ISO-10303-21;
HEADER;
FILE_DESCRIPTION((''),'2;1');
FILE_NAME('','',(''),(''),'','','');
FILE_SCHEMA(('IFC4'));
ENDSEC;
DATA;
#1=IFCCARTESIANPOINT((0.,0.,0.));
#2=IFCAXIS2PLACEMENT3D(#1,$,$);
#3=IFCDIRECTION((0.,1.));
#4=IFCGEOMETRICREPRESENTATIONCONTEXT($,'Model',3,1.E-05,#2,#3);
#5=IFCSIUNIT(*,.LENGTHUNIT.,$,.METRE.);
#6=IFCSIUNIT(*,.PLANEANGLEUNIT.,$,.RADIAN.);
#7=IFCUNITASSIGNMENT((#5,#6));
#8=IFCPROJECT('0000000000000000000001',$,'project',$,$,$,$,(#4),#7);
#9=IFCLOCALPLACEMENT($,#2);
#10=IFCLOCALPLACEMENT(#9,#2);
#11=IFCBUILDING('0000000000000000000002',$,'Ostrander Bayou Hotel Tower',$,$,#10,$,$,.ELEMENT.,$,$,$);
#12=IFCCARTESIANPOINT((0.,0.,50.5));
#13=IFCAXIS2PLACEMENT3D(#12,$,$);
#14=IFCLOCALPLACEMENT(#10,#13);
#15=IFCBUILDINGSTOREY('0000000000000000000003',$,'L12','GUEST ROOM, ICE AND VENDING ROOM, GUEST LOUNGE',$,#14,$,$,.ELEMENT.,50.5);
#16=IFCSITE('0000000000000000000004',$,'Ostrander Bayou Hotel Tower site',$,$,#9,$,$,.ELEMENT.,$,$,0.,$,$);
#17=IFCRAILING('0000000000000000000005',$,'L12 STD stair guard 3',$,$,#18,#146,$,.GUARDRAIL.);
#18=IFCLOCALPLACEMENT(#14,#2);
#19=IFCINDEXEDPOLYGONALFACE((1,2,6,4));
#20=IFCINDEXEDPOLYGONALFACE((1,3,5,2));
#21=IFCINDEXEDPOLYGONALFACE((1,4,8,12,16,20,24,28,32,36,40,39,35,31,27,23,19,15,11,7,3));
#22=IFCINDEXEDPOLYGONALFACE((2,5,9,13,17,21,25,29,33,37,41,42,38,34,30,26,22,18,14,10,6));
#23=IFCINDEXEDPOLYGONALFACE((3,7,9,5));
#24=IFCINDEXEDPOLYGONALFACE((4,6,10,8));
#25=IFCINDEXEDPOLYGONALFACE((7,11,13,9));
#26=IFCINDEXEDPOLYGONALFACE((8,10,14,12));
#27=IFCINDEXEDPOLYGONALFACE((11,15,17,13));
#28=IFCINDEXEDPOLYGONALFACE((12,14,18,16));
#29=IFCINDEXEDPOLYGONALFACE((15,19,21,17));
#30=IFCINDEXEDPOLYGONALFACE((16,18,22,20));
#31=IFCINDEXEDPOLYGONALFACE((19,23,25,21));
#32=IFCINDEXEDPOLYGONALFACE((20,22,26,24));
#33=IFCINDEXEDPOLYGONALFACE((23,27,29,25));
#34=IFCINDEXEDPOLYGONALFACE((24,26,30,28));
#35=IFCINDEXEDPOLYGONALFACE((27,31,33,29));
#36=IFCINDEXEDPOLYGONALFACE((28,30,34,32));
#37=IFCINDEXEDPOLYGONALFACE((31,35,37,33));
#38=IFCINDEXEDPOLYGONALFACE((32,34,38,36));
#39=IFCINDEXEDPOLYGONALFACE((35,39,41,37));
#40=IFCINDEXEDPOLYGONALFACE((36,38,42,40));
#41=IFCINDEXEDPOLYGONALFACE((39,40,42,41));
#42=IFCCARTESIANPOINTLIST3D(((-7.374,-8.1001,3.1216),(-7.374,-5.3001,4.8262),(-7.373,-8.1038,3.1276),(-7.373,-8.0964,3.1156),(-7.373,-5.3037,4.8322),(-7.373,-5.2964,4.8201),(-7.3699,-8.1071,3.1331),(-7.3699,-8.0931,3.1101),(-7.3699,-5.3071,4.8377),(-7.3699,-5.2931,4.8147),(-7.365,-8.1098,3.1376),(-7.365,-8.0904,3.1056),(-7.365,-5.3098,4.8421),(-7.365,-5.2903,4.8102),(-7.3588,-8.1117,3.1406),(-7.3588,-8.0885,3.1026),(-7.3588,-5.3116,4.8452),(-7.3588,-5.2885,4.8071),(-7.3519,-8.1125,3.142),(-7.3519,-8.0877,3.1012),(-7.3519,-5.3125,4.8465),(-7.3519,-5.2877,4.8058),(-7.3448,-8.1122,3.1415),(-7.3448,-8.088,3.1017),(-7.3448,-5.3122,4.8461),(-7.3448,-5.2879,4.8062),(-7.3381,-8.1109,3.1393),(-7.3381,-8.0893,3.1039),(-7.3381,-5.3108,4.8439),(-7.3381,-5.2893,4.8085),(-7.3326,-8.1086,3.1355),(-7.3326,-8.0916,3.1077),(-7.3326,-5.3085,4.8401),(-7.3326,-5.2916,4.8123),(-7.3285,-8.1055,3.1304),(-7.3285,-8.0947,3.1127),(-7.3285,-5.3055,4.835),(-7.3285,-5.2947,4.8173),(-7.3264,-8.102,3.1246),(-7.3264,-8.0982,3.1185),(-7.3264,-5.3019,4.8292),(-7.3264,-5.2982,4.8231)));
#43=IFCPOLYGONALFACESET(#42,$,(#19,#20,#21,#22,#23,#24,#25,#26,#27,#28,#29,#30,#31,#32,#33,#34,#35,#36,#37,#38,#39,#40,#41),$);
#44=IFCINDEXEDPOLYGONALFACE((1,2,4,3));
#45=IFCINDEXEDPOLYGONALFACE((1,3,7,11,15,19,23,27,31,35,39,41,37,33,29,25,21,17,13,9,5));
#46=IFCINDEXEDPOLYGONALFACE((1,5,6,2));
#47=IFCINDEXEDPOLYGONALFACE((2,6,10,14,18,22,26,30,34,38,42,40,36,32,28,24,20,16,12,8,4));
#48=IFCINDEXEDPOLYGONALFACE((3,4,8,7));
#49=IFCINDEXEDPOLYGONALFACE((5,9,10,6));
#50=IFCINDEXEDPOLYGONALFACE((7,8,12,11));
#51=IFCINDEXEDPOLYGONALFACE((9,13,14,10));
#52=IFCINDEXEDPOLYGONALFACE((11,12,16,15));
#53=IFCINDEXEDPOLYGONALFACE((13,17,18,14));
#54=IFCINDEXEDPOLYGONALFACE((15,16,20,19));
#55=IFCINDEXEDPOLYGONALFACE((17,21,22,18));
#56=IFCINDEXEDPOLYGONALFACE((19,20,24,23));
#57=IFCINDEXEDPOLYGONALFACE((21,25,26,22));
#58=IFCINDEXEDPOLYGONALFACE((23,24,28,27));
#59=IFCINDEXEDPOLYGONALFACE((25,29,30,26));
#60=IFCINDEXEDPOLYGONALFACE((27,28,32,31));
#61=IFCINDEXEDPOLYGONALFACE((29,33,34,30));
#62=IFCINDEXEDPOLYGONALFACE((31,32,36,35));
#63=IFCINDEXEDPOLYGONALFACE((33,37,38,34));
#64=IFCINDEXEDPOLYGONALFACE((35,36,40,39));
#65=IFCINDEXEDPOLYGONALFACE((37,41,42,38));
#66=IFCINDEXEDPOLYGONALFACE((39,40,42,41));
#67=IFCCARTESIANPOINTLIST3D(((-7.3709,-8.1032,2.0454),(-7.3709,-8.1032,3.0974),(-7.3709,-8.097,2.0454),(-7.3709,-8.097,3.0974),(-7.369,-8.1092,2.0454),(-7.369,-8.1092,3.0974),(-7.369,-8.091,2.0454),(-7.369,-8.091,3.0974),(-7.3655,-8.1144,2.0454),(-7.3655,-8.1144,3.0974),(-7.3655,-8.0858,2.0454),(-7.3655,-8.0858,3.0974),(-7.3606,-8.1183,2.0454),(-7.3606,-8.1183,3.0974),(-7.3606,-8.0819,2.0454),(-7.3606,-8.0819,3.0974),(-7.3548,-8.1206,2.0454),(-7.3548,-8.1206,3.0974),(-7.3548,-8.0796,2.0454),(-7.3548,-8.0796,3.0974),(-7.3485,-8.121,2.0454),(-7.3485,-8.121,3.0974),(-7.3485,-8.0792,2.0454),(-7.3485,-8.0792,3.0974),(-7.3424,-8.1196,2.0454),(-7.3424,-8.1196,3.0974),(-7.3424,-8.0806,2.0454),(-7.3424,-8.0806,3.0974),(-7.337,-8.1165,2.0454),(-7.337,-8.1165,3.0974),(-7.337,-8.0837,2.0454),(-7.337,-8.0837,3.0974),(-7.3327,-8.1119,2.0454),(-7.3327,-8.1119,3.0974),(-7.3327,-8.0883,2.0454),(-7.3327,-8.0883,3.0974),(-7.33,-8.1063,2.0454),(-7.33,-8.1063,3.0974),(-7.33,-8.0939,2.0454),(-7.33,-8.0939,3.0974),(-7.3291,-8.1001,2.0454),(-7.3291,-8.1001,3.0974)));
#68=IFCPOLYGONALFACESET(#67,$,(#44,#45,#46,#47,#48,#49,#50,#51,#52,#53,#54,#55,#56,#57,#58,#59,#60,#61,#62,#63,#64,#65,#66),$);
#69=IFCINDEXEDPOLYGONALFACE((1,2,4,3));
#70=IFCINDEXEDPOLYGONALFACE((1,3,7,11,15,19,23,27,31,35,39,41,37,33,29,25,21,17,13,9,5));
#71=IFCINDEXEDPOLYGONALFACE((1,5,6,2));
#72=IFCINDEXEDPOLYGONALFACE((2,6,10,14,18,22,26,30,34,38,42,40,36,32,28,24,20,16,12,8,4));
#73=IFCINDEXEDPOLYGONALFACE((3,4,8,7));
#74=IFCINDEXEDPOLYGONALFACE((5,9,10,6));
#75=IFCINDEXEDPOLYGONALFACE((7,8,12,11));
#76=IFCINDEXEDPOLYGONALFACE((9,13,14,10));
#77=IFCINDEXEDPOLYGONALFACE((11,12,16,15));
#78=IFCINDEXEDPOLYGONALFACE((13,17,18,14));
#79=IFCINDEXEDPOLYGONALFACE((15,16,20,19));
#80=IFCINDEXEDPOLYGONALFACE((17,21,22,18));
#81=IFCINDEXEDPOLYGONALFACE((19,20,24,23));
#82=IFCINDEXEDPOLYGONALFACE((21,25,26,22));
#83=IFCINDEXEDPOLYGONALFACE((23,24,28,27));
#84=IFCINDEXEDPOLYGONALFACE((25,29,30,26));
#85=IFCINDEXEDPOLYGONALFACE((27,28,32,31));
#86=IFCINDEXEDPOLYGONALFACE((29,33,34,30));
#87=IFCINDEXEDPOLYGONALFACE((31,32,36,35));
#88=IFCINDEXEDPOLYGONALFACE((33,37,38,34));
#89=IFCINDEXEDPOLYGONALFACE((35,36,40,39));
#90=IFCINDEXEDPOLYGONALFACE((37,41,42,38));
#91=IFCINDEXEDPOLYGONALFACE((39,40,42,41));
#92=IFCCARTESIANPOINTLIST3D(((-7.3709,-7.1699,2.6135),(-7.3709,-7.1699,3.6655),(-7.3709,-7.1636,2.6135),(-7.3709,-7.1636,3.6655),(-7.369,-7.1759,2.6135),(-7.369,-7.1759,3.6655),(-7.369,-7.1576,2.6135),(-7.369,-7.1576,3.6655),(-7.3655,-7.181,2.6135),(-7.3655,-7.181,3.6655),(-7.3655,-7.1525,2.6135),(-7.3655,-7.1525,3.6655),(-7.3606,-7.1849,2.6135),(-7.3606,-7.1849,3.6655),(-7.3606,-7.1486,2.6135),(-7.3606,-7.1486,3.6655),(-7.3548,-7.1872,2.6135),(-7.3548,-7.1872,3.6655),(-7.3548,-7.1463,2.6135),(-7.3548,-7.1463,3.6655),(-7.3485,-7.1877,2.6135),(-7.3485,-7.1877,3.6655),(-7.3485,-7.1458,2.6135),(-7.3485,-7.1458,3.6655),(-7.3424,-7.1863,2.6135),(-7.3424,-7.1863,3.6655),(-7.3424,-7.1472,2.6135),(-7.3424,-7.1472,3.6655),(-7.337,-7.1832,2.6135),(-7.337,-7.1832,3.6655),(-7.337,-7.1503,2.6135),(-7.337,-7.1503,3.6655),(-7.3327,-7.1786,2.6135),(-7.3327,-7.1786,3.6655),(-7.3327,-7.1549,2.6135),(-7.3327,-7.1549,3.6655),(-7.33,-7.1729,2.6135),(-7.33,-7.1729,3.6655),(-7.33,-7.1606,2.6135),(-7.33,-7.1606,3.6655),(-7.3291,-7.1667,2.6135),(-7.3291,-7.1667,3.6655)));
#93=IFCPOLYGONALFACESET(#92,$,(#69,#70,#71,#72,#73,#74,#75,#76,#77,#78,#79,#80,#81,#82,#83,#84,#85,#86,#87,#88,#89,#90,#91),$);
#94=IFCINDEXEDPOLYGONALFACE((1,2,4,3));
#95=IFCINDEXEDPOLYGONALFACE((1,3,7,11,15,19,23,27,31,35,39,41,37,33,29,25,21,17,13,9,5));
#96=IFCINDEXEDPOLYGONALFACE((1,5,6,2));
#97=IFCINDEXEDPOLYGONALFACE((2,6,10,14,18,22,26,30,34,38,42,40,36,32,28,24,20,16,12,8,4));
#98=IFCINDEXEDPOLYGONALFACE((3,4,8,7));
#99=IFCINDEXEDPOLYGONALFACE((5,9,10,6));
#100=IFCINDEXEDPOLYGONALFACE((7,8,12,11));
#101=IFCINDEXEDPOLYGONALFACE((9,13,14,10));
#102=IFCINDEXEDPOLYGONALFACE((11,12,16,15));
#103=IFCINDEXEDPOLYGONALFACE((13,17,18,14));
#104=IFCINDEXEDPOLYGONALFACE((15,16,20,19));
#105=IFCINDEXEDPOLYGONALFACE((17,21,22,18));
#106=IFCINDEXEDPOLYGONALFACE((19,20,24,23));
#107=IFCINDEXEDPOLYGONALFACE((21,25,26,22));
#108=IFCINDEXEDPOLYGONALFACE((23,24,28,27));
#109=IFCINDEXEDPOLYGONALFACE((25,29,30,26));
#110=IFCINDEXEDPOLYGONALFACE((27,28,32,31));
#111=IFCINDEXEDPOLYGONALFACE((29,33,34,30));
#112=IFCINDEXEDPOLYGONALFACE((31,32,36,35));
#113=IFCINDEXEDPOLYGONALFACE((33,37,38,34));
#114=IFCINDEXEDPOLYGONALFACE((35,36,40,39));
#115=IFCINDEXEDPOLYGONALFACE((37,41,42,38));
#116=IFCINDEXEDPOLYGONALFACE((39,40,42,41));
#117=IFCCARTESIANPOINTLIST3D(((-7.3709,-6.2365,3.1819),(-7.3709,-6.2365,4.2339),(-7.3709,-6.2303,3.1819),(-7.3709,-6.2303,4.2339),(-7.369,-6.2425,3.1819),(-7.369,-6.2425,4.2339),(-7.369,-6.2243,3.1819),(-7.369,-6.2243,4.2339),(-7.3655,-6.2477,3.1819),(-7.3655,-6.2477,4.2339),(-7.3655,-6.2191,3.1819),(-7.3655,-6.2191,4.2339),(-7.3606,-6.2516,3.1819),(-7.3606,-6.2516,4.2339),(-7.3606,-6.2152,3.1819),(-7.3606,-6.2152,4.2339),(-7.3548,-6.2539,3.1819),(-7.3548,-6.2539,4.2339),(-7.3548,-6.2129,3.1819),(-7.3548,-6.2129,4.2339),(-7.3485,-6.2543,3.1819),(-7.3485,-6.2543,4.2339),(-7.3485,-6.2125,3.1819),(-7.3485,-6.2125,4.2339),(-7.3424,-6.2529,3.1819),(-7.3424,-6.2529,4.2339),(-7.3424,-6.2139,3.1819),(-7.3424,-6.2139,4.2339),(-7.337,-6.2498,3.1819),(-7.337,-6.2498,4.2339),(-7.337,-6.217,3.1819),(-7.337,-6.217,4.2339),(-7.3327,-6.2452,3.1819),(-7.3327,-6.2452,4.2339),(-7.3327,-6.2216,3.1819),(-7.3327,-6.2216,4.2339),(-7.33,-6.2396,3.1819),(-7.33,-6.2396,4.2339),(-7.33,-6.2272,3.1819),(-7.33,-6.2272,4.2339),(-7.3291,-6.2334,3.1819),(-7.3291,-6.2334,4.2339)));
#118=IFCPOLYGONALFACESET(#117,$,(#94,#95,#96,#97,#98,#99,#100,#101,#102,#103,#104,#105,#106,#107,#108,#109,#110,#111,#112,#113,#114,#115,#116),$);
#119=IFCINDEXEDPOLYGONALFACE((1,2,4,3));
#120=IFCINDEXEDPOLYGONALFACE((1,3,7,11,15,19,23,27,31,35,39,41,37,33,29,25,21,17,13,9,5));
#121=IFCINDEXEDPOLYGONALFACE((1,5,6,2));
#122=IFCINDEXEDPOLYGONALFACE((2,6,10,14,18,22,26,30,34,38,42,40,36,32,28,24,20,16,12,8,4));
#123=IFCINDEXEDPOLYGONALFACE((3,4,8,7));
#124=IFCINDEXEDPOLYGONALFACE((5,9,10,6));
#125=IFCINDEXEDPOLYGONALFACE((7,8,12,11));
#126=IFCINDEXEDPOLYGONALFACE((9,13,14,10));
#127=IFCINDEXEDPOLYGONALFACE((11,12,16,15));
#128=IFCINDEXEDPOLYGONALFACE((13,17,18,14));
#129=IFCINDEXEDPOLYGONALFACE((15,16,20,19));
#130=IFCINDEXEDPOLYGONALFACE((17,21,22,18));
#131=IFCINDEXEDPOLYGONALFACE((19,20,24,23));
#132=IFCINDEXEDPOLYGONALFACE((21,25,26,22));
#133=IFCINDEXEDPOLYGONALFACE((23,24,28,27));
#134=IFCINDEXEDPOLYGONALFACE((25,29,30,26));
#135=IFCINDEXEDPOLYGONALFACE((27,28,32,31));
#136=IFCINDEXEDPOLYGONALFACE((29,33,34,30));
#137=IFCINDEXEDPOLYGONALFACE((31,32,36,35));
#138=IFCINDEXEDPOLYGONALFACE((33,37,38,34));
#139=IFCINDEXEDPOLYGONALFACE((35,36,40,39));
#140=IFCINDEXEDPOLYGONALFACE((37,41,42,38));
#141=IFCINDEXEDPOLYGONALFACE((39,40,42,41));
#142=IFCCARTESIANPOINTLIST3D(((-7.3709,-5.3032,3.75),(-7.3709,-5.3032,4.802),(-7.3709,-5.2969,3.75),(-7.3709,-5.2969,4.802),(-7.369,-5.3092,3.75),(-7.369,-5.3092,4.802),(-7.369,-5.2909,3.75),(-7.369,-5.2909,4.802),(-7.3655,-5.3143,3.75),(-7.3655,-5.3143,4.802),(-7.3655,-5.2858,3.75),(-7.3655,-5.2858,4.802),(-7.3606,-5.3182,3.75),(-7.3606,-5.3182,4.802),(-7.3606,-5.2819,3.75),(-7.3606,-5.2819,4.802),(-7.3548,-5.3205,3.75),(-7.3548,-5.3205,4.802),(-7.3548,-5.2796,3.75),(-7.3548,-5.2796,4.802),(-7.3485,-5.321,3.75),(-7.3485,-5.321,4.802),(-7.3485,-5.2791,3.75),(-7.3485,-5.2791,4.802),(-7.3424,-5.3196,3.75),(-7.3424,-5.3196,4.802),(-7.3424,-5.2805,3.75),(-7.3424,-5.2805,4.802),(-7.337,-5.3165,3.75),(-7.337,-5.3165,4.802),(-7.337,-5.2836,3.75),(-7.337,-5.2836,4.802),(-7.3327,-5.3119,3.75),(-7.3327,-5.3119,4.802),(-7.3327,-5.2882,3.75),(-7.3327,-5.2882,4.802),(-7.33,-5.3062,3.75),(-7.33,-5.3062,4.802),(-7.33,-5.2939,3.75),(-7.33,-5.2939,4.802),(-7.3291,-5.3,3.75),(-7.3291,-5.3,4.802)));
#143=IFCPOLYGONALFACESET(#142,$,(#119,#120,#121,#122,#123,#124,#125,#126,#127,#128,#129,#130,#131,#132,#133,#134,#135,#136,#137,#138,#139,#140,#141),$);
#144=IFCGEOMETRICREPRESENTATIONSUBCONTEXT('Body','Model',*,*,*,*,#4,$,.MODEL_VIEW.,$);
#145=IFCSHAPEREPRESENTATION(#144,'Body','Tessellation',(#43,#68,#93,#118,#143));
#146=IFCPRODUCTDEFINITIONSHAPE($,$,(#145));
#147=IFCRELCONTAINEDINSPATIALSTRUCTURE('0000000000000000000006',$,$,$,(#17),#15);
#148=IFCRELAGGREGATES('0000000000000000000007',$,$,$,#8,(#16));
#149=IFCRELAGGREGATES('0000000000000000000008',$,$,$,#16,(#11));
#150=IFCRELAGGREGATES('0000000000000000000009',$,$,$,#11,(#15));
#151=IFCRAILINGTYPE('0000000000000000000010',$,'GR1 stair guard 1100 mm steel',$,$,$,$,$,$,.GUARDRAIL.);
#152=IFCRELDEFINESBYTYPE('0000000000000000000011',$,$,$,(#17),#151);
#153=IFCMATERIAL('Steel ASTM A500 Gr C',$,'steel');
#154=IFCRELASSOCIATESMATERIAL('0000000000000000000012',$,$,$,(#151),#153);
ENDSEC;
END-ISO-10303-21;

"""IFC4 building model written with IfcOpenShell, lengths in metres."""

from ifc_helpers import new_model, si_unit, direction, frame, origin, origin_2d, place, context, subcontext, project, spatial, circle, extrude, material, type_object, element, save


model = new_model("IFC4")

# Units and contexts
model_context = context("Model", 3, precision=1e-05, world=origin(), true_north=direction((0.0, 1.0)))
body_context = subcontext(model_context, "Body", "Model", "MODEL_VIEW")
ifc_project = project(units=[si_unit("LENGTHUNIT", "METRE"), si_unit("PLANEANGLEUNIT", "RADIAN")], contexts=[model_context])

# Site, building, storey
site_placement = place(None, origin())
site = spatial("IfcSite", under=ifc_project, at=site_placement, Name="Ostrander Bayou Hotel Tower site", CompositionType="ELEMENT", RefElevation=0.0)
building_placement = place(site_placement, origin())
building = spatial("IfcBuilding", under=site, at=building_placement, Name="Ostrander Bayou Hotel Tower", CompositionType="ELEMENT")
storey_placement = place(building_placement, frame((0.0, 0.0, 50.5)))
storey = spatial("IfcBuildingStorey", under=building, at=storey_placement, Name="L12", Description="GUEST ROOM, ICE AND VENDING ROOM, GUEST LOUNGE", CompositionType="ELEMENT", Elevation=50.5)

# Railing
ifc_material_1 = material(Name="Steel ASTM A500 Gr C", Category="steel")
railing_type_1 = type_object("IfcRailingType", Name="GR1 stair guard 1100 mm steel", PredefinedType="GUARDRAIL", material=ifc_material_1)
railing_1_placement = place(storey_placement, frame((-7.3501, -8.1001, 2.0454)))
element("IfcRailing", 1, at=railing_1_placement, inside=storey, type_object=railing_type_1, Name="L12 STD stair guard 3", PredefinedType="GUARDRAIL", context=body_context, shape_type="SweptSolid", body=[
    extrude(circle(Radius=0.0239, at=origin_2d()), frame((0.0, 0.0, 1.0762), z_axis=(0.0, 0.85417, 0.519994), x_axis=(-1.0, 0.0, 0.0)), (0.0, 0.0, 1.0), 3.2781),
    extrude(circle(Radius=0.021, at=origin_2d()), origin(), (0.0, 0.0, 1.0), 1.052),
    extrude(circle(Radius=0.021, at=origin_2d()), frame((0.0, 0.9333, 0.5681)), (0.0, 0.0, 1.0), 1.052),
    extrude(circle(Radius=0.021, at=origin_2d()), frame((0.0, 1.8667, 1.1365)), (0.0, 0.0, 1.0), 1.052),
    extrude(circle(Radius=0.021, at=origin_2d()), frame((0.0, 2.8, 1.7046)), (0.0, 0.0, 1.0), 1.052),
])

save(model, "model.ifc")
